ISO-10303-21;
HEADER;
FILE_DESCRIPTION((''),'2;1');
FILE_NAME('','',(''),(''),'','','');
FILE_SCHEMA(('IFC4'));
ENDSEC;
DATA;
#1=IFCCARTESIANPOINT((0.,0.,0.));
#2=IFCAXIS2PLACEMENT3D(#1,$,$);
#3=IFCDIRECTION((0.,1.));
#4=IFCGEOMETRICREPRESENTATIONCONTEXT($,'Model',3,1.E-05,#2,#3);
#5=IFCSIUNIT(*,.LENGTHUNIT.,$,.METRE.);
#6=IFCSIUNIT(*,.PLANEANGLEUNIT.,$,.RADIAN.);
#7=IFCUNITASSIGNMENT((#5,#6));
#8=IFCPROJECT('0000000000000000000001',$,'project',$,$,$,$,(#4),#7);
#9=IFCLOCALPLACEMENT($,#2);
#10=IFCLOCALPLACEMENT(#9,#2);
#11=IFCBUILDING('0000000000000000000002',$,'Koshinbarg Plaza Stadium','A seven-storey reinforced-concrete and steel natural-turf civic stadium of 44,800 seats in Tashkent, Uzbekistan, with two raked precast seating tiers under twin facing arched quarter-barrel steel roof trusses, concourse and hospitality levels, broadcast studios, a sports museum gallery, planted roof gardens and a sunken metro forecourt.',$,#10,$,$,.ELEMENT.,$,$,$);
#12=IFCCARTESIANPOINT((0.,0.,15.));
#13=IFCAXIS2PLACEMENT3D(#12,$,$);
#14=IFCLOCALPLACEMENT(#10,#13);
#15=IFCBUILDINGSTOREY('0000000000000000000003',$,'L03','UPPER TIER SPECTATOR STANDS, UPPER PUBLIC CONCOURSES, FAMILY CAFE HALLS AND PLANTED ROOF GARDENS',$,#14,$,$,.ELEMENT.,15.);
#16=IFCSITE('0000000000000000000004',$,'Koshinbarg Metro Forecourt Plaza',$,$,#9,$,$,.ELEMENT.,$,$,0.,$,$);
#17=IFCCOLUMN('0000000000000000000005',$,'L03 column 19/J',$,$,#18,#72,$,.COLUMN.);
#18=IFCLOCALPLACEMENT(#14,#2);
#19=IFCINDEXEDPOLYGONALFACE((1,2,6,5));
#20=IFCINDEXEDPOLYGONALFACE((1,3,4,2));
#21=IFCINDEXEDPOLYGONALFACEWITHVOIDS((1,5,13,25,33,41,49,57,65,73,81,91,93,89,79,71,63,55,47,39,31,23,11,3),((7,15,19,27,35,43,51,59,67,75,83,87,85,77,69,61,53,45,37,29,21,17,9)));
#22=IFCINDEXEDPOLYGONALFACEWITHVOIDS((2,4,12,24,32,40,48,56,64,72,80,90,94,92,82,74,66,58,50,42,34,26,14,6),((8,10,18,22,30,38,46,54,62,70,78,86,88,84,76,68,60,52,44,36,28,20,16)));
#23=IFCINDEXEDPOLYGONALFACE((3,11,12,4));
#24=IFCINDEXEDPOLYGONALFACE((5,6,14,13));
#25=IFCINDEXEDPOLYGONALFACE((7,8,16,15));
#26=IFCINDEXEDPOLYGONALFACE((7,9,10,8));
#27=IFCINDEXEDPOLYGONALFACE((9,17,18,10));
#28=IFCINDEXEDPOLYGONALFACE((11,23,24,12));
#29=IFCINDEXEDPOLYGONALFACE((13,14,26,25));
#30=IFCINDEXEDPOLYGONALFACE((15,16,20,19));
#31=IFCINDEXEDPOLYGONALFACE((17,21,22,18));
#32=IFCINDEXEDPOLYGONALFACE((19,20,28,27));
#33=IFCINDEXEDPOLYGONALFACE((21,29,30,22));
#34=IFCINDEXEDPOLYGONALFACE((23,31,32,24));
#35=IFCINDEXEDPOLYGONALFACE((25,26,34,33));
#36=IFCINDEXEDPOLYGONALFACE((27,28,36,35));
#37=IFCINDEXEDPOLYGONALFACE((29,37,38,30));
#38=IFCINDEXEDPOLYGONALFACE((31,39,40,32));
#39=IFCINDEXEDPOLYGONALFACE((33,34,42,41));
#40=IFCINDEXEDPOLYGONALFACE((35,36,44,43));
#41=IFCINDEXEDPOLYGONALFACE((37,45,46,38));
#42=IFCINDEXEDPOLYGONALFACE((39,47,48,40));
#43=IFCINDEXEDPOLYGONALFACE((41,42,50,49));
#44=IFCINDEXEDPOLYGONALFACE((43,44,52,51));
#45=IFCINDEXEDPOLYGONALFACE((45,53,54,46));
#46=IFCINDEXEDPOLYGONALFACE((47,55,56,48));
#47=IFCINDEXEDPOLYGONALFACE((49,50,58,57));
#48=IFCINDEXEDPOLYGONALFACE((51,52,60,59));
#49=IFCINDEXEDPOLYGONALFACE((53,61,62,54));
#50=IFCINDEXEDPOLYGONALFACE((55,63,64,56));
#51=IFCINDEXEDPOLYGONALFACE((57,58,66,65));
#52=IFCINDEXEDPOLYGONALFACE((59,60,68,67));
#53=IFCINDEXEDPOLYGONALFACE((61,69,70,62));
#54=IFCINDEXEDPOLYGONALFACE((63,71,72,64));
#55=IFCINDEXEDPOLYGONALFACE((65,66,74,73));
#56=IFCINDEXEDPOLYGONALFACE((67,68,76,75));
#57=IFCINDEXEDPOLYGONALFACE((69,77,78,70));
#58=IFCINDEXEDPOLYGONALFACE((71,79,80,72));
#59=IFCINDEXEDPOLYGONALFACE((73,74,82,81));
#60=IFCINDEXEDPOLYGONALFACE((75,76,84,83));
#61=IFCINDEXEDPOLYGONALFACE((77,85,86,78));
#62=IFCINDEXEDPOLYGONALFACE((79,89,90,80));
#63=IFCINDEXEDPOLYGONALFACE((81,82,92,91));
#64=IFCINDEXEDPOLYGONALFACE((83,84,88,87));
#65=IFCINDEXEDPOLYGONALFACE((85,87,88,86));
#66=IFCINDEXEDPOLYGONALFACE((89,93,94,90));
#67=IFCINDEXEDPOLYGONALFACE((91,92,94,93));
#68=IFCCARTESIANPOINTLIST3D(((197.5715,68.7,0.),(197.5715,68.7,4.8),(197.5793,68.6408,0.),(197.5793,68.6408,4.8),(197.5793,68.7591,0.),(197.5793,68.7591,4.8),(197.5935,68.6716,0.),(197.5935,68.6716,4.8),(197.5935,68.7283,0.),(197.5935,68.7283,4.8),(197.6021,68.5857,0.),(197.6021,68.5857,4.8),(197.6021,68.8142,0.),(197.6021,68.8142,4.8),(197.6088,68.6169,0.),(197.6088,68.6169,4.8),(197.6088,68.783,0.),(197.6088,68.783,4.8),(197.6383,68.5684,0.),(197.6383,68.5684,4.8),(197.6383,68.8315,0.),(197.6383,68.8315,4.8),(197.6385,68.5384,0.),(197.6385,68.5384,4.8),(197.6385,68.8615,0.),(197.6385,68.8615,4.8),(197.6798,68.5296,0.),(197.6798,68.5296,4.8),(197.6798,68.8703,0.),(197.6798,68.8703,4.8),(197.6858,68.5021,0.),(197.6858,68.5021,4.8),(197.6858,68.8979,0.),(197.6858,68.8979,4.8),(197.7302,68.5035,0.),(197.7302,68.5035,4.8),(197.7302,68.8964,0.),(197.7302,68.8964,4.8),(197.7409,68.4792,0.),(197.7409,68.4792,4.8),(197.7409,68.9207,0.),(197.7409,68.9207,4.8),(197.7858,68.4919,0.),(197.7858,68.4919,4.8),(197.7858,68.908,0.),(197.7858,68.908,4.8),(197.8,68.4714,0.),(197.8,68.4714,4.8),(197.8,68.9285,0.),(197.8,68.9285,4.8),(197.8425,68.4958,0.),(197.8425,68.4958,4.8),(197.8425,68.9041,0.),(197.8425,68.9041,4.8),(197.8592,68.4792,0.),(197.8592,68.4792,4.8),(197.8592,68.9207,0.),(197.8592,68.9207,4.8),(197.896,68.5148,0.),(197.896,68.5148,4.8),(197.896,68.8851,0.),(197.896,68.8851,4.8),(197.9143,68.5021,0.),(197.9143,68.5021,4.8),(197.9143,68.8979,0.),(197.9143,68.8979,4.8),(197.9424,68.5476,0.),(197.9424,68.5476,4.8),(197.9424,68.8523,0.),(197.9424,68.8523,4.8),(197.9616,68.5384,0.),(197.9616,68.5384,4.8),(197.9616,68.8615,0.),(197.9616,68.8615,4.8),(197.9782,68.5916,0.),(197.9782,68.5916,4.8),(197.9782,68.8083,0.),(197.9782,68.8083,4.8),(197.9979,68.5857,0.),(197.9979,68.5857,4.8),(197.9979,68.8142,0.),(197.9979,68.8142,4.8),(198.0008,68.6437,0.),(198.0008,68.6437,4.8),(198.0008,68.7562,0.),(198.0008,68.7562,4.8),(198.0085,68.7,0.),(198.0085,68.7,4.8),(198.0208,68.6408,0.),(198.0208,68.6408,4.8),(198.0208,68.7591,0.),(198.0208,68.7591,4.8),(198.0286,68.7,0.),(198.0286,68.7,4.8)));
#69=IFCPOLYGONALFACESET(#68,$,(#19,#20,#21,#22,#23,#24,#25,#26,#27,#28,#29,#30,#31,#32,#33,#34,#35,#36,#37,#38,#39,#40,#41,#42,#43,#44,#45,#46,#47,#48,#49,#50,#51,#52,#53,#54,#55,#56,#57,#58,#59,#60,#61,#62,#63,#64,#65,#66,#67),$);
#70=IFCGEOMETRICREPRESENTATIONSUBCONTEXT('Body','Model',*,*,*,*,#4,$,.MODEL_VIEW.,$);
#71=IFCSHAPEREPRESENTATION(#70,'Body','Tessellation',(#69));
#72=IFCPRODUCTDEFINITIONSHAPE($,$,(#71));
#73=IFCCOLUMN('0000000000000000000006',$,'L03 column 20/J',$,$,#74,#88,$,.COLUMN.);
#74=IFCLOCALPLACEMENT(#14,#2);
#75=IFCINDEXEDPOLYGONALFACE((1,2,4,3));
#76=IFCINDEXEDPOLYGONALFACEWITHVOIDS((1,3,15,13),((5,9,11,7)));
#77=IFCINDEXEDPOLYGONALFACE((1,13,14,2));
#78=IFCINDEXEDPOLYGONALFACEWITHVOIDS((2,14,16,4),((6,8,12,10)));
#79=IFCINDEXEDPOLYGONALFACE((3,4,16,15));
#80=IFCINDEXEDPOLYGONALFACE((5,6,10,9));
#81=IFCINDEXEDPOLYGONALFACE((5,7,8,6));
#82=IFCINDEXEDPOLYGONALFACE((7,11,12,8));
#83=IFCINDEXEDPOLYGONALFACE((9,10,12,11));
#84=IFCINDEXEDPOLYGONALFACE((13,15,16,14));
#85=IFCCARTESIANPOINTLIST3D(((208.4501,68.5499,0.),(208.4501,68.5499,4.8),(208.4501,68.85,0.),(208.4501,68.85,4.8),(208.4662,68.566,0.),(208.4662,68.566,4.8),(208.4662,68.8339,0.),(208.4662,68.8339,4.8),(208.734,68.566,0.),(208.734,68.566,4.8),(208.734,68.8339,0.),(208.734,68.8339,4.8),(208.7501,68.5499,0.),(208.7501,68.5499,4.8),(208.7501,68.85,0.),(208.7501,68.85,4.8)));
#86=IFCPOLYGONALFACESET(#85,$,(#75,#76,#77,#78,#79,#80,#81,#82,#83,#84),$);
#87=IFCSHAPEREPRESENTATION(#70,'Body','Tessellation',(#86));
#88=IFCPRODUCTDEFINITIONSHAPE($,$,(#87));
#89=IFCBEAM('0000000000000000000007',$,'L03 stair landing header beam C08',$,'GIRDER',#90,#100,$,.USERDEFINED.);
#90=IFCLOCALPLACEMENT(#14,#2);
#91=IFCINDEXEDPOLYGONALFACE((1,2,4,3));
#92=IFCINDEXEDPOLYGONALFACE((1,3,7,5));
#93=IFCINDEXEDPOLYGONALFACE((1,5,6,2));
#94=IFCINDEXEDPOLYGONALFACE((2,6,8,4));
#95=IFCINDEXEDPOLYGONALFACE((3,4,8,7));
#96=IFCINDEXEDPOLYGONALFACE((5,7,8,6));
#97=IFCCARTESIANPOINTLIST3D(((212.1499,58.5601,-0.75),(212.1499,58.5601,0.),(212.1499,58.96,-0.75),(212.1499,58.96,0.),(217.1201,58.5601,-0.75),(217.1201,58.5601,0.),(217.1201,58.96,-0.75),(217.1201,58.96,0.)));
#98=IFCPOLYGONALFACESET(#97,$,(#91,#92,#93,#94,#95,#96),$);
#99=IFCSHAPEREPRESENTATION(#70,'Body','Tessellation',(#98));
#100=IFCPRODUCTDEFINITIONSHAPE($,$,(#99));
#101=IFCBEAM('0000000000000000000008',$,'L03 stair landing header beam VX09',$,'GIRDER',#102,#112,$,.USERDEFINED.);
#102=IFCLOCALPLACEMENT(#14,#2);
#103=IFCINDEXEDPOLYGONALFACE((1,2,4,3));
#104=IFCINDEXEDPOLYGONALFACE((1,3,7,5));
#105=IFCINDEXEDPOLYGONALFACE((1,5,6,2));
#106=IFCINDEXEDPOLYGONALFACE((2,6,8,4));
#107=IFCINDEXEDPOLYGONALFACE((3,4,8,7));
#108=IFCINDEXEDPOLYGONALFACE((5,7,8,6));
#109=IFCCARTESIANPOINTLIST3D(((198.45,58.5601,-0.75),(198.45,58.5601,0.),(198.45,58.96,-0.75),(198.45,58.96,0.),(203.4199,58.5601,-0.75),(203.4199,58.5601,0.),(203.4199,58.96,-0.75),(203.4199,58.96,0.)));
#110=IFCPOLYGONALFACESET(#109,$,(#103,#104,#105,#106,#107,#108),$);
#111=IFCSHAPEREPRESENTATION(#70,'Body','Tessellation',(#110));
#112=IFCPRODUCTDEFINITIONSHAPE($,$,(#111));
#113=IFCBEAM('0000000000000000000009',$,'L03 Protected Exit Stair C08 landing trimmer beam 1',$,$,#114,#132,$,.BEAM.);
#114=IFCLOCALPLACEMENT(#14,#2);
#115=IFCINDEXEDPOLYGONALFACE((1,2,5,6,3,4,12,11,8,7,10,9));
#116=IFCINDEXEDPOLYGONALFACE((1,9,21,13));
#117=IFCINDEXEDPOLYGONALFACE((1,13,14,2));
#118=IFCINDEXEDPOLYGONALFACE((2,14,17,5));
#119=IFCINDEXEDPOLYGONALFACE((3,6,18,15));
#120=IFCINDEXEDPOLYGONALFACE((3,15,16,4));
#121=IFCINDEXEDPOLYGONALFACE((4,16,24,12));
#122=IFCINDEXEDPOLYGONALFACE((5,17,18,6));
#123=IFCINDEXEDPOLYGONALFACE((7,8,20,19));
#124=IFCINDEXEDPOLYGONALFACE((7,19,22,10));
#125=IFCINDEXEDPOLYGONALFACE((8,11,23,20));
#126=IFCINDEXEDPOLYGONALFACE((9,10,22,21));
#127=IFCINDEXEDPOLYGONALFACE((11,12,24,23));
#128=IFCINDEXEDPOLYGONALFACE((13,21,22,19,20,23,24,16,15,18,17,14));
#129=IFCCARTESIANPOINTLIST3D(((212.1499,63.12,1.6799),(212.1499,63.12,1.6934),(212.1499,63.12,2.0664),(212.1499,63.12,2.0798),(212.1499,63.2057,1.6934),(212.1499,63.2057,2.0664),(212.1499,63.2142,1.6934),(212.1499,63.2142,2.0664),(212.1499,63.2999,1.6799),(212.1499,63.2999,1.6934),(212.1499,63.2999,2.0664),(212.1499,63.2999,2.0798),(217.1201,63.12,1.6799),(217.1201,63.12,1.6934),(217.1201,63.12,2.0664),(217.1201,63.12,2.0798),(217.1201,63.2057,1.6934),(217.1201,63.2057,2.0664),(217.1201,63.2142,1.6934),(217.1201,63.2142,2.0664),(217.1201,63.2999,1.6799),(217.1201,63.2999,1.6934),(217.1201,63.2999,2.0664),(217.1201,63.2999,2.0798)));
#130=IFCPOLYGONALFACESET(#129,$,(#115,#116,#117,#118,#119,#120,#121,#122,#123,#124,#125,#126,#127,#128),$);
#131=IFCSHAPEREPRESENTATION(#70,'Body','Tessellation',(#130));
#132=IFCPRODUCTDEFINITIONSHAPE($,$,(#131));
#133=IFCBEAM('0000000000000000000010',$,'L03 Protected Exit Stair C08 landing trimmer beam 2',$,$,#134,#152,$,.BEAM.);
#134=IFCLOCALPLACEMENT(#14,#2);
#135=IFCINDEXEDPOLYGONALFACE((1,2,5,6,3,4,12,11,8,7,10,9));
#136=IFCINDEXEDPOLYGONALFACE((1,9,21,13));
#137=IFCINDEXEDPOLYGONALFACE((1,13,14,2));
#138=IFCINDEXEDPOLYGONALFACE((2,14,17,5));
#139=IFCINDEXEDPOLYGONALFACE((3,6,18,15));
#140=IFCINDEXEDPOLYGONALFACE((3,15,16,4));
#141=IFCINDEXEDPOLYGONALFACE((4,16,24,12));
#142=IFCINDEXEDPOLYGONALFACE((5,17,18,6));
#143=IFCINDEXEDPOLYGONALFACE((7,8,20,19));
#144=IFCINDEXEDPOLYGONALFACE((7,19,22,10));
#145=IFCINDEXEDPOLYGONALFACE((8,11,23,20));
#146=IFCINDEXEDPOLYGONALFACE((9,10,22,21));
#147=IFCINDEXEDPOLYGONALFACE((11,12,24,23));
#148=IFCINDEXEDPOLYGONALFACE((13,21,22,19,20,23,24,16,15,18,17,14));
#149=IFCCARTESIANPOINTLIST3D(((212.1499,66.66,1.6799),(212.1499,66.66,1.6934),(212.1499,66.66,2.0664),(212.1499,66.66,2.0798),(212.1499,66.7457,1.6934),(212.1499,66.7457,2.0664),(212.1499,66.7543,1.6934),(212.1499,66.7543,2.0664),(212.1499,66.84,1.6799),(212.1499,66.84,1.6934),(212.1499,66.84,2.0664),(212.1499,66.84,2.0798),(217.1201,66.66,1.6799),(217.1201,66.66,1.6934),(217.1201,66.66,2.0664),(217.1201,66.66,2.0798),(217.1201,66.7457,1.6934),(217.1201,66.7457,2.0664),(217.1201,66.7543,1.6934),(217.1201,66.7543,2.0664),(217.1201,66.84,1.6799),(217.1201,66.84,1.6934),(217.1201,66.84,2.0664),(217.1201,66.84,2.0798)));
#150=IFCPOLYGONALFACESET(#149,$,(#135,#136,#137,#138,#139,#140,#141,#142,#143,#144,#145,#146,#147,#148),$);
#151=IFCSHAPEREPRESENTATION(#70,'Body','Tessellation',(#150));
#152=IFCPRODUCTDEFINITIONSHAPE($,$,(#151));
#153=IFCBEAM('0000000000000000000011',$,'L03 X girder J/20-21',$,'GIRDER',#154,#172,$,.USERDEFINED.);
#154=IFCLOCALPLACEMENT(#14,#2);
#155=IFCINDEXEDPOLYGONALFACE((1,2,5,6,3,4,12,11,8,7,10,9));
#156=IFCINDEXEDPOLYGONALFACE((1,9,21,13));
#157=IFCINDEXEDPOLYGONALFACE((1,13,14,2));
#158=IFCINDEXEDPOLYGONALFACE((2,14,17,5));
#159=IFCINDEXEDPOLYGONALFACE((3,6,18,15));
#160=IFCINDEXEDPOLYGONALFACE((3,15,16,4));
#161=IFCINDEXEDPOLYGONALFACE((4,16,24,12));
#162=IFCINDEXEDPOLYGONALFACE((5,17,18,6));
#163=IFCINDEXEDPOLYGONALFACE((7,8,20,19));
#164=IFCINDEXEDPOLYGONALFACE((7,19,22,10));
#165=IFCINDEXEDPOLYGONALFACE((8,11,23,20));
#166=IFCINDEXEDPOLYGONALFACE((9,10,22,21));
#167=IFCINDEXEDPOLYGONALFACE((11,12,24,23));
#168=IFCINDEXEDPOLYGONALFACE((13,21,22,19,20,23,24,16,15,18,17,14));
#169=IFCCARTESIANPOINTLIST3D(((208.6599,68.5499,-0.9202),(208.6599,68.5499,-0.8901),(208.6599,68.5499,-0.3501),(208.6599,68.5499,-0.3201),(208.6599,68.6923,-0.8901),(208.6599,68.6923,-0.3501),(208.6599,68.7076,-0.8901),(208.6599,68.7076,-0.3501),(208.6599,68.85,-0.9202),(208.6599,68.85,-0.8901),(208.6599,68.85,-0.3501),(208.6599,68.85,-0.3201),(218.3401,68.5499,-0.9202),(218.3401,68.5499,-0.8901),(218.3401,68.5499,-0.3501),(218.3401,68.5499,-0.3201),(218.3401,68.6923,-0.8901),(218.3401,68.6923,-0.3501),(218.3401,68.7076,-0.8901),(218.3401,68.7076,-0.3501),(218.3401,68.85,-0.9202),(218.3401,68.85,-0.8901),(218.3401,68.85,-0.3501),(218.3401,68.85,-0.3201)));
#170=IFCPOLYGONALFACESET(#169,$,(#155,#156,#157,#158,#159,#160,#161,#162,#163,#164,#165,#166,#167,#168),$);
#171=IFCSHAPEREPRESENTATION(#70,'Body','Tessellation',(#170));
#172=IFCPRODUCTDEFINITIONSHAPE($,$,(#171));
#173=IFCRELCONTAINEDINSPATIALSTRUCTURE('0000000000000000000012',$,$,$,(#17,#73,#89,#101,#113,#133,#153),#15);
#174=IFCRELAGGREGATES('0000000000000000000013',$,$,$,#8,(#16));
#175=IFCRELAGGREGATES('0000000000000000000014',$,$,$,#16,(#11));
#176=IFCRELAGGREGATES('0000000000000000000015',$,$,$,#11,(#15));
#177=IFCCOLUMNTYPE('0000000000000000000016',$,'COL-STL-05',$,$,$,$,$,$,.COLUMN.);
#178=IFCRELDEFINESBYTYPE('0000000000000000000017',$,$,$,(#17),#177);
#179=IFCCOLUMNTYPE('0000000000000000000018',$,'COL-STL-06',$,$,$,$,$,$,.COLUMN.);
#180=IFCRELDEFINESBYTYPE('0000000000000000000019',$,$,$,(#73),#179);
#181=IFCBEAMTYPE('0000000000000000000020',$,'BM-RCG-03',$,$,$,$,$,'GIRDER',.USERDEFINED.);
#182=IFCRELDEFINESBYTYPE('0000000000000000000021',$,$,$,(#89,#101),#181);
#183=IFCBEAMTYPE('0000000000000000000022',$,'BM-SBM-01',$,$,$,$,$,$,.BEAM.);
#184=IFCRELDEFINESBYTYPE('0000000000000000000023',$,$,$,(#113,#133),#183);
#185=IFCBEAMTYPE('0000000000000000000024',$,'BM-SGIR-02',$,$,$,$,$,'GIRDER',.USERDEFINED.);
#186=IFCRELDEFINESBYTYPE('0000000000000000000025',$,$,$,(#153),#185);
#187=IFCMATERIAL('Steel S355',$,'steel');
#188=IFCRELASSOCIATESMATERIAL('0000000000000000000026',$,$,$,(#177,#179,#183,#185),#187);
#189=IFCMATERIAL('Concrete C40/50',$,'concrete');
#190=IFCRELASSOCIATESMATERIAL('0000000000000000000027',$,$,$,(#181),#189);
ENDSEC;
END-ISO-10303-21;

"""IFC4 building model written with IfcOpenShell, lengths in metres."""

from ifc_helpers import new_model, si_unit, direction, frame, origin, origin_2d, place, context, subcontext, project, spatial, rectangle, hollow_rectangle, hollow_circle, i_section, extrude, material, material_profile, profile_set, type_object, element, save


model = new_model("IFC4")

# Units and contexts
model_context = context("Model", 3, precision=1e-05, world=origin(), true_north=direction((0.0, 1.0)))
body_context = subcontext(model_context, "Body", "Model", "MODEL_VIEW")
ifc_project = project(units=[si_unit("LENGTHUNIT", "METRE"), si_unit("PLANEANGLEUNIT", "RADIAN")], contexts=[model_context])

# Site, building, storey
site_placement = place(None, origin())
site = spatial("IfcSite", under=ifc_project, at=site_placement, Name="Koshinbarg Metro Forecourt Plaza", CompositionType="ELEMENT", RefElevation=0.0)
building_placement = place(site_placement, origin())
building = spatial("IfcBuilding", under=site, at=building_placement, Name="Koshinbarg Plaza Stadium", Description="A seven-storey reinforced-concrete and steel natural-turf civic stadium of 44,800 seats in Tashkent, Uzbekistan, with two raked precast seating tiers under twin facing arched quarter-barrel steel roof trusses, concourse and hospitality levels, broadcast studios, a sports museum gallery, planted roof gardens and a sunken metro forecourt.", CompositionType="ELEMENT")
storey_placement = place(building_placement, frame((0.0, 0.0, 15.0)))
storey = spatial("IfcBuildingStorey", under=building, at=storey_placement, Name="L03", Description="UPPER TIER SPECTATOR STANDS, UPPER PUBLIC CONCOURSES, FAMILY CAFE HALLS AND PLANTED ROOF GARDENS", CompositionType="ELEMENT", Elevation=15.0)

# Columns
ifc_material_1 = material(Name="Steel S355", Category="steel")
ifc_material_profile_1 = material_profile(ifc_material_1, hollow_circle(Radius=0.2285, WallThickness=0.02, at=origin_2d()), Name="CHS 457x20")
ifc_profile_set_1 = profile_set([ifc_material_profile_1], Name="Steel S355")
column_type_1 = type_object("IfcColumnType", Name="COL-STL-05", PredefinedType="COLUMN", material=ifc_profile_set_1)
column_1_placement = place(storey_placement, frame((197.8, 68.7, 0.0), z_axis=(0.0, 0.0, 1.0), x_axis=(1.0, 0.0, 0.0)))
element("IfcColumn", 1, at=column_1_placement, inside=storey, type_object=column_type_1, Name="L03 column 19/J", PredefinedType="COLUMN", context=body_context, shape_type="SweptSolid", body=[
    extrude(hollow_circle(Radius=0.2285, WallThickness=0.02, at=origin_2d()), origin(), (0.0, 0.0, 1.0), 4.8),
])
ifc_material_profile_2 = material_profile(ifc_material_1, hollow_rectangle(XDim=0.3, YDim=0.3, WallThickness=0.0161, at=origin_2d()), Name="SHS 300x300x16")
ifc_profile_set_2 = profile_set([ifc_material_profile_2], Name="Steel S355")
column_type_2 = type_object("IfcColumnType", Name="COL-STL-06", PredefinedType="COLUMN", material=ifc_profile_set_2)
column_2_placement = place(storey_placement, frame((208.6001, 68.7, 0.0), z_axis=(0.0, 0.0, 1.0), x_axis=(1.0, 0.0, 0.0)))
element("IfcColumn", 2, at=column_2_placement, inside=storey, type_object=column_type_2, Name="L03 column 20/J", PredefinedType="COLUMN", context=body_context, shape_type="SweptSolid", body=[
    extrude(hollow_rectangle(XDim=0.3, YDim=0.3, WallThickness=0.0161, at=origin_2d()), origin(), (0.0, 0.0, 1.0), 4.8),
])

# Beams
ifc_material_2 = material(Name="Concrete C40/50", Category="concrete")
ifc_material_profile_3 = material_profile(ifc_material_2, rectangle(XDim=0.3999, YDim=0.75, at=origin_2d()), Name="RC 400x750")
ifc_profile_set_3 = profile_set([ifc_material_profile_3], Name="Concrete C40/50")
beam_type_1 = type_object("IfcBeamType", Name="BM-RCG-03", ElementType="GIRDER", PredefinedType="USERDEFINED", material=ifc_profile_set_3)
beam_1_placement = place(storey_placement, frame((212.1499, 58.76, -0.375), z_axis=(1.0, 0.0, 0.0), x_axis=(0.0, 1.0, 0.0)))
element("IfcBeam", 3, at=beam_1_placement, inside=storey, type_object=beam_type_1, Name="L03 stair landing header beam C08", ObjectType="GIRDER", PredefinedType="USERDEFINED", context=body_context, shape_type="SweptSolid", body=[
    extrude(rectangle(XDim=0.3999, YDim=0.75, at=origin_2d()), origin(), (0.0, 0.0, 1.0), 4.9702),
])
beam_2_placement = place(storey_placement, frame((198.45, 58.76, -0.375), z_axis=(1.0, 0.0, 0.0), x_axis=(0.0, 1.0, 0.0)))
element("IfcBeam", 4, at=beam_2_placement, inside=storey, type_object=beam_type_1, Name="L03 stair landing header beam VX09", ObjectType="GIRDER", PredefinedType="USERDEFINED", context=body_context, shape_type="SweptSolid", body=[
    extrude(rectangle(XDim=0.3999, YDim=0.75, at=origin_2d()), origin(), (0.0, 0.0, 1.0), 4.97),
])
ifc_material_profile_4 = material_profile(ifc_material_1, i_section(OverallWidth=0.1799, OverallDepth=0.3999, WebThickness=0.0085, FlangeThickness=0.0134, at=origin_2d()), Name="IPE 400")
ifc_profile_set_4 = profile_set([ifc_material_profile_4], Name="Steel S355")
beam_type_2 = type_object("IfcBeamType", Name="BM-SBM-01", PredefinedType="BEAM", material=ifc_profile_set_4)
for number, where, z_axis, x_axis, name in (
    (5, (212.1499, 63.21, 1.8799), (1.0, 0.0, 0.0), (0.0, 1.0, 0.0), "L03 Protected Exit Stair C08 landing trimmer beam 1"),
    (6, (212.1499, 66.75, 1.8799), (1.0, 0.0, 0.0), (0.0, 1.0, 0.0), "L03 Protected Exit Stair C08 landing trimmer beam 2"),
):
    element("IfcBeam", number, at=place(storey_placement, frame(where, z_axis=z_axis, x_axis=x_axis)), inside=storey, type_object=beam_type_2, Name=name, PredefinedType="BEAM", context=body_context, shape_type="SweptSolid", body=[
        extrude(i_section(OverallWidth=0.1799, OverallDepth=0.3999, WebThickness=0.0085, FlangeThickness=0.0134, at=origin_2d()), origin(), (0.0, 0.0, 1.0), 4.9702),
    ])
ifc_material_profile_5 = material_profile(ifc_material_1, i_section(OverallWidth=0.3, OverallDepth=0.6001, WebThickness=0.0154, FlangeThickness=0.03, at=origin_2d()), Name="HEB 600")
ifc_profile_set_5 = profile_set([ifc_material_profile_5], Name="Steel S355")
beam_type_3 = type_object("IfcBeamType", Name="BM-SGIR-02", ElementType="GIRDER", PredefinedType="USERDEFINED", material=ifc_profile_set_5)
beam_3_placement = place(storey_placement, frame((208.6599, 68.7, -0.6201), z_axis=(1.0, 0.0, 0.0), x_axis=(0.0, 1.0, 0.0)))
element("IfcBeam", 7, at=beam_3_placement, inside=storey, type_object=beam_type_3, Name="L03 X girder J/20-21", ObjectType="GIRDER", PredefinedType="USERDEFINED", context=body_context, shape_type="SweptSolid", body=[
    extrude(i_section(OverallWidth=0.3, OverallDepth=0.6001, WebThickness=0.0154, FlangeThickness=0.03, at=origin_2d()), origin(), (0.0, 0.0, 1.0), 9.6802),
])

save(model, "model.ifc")
